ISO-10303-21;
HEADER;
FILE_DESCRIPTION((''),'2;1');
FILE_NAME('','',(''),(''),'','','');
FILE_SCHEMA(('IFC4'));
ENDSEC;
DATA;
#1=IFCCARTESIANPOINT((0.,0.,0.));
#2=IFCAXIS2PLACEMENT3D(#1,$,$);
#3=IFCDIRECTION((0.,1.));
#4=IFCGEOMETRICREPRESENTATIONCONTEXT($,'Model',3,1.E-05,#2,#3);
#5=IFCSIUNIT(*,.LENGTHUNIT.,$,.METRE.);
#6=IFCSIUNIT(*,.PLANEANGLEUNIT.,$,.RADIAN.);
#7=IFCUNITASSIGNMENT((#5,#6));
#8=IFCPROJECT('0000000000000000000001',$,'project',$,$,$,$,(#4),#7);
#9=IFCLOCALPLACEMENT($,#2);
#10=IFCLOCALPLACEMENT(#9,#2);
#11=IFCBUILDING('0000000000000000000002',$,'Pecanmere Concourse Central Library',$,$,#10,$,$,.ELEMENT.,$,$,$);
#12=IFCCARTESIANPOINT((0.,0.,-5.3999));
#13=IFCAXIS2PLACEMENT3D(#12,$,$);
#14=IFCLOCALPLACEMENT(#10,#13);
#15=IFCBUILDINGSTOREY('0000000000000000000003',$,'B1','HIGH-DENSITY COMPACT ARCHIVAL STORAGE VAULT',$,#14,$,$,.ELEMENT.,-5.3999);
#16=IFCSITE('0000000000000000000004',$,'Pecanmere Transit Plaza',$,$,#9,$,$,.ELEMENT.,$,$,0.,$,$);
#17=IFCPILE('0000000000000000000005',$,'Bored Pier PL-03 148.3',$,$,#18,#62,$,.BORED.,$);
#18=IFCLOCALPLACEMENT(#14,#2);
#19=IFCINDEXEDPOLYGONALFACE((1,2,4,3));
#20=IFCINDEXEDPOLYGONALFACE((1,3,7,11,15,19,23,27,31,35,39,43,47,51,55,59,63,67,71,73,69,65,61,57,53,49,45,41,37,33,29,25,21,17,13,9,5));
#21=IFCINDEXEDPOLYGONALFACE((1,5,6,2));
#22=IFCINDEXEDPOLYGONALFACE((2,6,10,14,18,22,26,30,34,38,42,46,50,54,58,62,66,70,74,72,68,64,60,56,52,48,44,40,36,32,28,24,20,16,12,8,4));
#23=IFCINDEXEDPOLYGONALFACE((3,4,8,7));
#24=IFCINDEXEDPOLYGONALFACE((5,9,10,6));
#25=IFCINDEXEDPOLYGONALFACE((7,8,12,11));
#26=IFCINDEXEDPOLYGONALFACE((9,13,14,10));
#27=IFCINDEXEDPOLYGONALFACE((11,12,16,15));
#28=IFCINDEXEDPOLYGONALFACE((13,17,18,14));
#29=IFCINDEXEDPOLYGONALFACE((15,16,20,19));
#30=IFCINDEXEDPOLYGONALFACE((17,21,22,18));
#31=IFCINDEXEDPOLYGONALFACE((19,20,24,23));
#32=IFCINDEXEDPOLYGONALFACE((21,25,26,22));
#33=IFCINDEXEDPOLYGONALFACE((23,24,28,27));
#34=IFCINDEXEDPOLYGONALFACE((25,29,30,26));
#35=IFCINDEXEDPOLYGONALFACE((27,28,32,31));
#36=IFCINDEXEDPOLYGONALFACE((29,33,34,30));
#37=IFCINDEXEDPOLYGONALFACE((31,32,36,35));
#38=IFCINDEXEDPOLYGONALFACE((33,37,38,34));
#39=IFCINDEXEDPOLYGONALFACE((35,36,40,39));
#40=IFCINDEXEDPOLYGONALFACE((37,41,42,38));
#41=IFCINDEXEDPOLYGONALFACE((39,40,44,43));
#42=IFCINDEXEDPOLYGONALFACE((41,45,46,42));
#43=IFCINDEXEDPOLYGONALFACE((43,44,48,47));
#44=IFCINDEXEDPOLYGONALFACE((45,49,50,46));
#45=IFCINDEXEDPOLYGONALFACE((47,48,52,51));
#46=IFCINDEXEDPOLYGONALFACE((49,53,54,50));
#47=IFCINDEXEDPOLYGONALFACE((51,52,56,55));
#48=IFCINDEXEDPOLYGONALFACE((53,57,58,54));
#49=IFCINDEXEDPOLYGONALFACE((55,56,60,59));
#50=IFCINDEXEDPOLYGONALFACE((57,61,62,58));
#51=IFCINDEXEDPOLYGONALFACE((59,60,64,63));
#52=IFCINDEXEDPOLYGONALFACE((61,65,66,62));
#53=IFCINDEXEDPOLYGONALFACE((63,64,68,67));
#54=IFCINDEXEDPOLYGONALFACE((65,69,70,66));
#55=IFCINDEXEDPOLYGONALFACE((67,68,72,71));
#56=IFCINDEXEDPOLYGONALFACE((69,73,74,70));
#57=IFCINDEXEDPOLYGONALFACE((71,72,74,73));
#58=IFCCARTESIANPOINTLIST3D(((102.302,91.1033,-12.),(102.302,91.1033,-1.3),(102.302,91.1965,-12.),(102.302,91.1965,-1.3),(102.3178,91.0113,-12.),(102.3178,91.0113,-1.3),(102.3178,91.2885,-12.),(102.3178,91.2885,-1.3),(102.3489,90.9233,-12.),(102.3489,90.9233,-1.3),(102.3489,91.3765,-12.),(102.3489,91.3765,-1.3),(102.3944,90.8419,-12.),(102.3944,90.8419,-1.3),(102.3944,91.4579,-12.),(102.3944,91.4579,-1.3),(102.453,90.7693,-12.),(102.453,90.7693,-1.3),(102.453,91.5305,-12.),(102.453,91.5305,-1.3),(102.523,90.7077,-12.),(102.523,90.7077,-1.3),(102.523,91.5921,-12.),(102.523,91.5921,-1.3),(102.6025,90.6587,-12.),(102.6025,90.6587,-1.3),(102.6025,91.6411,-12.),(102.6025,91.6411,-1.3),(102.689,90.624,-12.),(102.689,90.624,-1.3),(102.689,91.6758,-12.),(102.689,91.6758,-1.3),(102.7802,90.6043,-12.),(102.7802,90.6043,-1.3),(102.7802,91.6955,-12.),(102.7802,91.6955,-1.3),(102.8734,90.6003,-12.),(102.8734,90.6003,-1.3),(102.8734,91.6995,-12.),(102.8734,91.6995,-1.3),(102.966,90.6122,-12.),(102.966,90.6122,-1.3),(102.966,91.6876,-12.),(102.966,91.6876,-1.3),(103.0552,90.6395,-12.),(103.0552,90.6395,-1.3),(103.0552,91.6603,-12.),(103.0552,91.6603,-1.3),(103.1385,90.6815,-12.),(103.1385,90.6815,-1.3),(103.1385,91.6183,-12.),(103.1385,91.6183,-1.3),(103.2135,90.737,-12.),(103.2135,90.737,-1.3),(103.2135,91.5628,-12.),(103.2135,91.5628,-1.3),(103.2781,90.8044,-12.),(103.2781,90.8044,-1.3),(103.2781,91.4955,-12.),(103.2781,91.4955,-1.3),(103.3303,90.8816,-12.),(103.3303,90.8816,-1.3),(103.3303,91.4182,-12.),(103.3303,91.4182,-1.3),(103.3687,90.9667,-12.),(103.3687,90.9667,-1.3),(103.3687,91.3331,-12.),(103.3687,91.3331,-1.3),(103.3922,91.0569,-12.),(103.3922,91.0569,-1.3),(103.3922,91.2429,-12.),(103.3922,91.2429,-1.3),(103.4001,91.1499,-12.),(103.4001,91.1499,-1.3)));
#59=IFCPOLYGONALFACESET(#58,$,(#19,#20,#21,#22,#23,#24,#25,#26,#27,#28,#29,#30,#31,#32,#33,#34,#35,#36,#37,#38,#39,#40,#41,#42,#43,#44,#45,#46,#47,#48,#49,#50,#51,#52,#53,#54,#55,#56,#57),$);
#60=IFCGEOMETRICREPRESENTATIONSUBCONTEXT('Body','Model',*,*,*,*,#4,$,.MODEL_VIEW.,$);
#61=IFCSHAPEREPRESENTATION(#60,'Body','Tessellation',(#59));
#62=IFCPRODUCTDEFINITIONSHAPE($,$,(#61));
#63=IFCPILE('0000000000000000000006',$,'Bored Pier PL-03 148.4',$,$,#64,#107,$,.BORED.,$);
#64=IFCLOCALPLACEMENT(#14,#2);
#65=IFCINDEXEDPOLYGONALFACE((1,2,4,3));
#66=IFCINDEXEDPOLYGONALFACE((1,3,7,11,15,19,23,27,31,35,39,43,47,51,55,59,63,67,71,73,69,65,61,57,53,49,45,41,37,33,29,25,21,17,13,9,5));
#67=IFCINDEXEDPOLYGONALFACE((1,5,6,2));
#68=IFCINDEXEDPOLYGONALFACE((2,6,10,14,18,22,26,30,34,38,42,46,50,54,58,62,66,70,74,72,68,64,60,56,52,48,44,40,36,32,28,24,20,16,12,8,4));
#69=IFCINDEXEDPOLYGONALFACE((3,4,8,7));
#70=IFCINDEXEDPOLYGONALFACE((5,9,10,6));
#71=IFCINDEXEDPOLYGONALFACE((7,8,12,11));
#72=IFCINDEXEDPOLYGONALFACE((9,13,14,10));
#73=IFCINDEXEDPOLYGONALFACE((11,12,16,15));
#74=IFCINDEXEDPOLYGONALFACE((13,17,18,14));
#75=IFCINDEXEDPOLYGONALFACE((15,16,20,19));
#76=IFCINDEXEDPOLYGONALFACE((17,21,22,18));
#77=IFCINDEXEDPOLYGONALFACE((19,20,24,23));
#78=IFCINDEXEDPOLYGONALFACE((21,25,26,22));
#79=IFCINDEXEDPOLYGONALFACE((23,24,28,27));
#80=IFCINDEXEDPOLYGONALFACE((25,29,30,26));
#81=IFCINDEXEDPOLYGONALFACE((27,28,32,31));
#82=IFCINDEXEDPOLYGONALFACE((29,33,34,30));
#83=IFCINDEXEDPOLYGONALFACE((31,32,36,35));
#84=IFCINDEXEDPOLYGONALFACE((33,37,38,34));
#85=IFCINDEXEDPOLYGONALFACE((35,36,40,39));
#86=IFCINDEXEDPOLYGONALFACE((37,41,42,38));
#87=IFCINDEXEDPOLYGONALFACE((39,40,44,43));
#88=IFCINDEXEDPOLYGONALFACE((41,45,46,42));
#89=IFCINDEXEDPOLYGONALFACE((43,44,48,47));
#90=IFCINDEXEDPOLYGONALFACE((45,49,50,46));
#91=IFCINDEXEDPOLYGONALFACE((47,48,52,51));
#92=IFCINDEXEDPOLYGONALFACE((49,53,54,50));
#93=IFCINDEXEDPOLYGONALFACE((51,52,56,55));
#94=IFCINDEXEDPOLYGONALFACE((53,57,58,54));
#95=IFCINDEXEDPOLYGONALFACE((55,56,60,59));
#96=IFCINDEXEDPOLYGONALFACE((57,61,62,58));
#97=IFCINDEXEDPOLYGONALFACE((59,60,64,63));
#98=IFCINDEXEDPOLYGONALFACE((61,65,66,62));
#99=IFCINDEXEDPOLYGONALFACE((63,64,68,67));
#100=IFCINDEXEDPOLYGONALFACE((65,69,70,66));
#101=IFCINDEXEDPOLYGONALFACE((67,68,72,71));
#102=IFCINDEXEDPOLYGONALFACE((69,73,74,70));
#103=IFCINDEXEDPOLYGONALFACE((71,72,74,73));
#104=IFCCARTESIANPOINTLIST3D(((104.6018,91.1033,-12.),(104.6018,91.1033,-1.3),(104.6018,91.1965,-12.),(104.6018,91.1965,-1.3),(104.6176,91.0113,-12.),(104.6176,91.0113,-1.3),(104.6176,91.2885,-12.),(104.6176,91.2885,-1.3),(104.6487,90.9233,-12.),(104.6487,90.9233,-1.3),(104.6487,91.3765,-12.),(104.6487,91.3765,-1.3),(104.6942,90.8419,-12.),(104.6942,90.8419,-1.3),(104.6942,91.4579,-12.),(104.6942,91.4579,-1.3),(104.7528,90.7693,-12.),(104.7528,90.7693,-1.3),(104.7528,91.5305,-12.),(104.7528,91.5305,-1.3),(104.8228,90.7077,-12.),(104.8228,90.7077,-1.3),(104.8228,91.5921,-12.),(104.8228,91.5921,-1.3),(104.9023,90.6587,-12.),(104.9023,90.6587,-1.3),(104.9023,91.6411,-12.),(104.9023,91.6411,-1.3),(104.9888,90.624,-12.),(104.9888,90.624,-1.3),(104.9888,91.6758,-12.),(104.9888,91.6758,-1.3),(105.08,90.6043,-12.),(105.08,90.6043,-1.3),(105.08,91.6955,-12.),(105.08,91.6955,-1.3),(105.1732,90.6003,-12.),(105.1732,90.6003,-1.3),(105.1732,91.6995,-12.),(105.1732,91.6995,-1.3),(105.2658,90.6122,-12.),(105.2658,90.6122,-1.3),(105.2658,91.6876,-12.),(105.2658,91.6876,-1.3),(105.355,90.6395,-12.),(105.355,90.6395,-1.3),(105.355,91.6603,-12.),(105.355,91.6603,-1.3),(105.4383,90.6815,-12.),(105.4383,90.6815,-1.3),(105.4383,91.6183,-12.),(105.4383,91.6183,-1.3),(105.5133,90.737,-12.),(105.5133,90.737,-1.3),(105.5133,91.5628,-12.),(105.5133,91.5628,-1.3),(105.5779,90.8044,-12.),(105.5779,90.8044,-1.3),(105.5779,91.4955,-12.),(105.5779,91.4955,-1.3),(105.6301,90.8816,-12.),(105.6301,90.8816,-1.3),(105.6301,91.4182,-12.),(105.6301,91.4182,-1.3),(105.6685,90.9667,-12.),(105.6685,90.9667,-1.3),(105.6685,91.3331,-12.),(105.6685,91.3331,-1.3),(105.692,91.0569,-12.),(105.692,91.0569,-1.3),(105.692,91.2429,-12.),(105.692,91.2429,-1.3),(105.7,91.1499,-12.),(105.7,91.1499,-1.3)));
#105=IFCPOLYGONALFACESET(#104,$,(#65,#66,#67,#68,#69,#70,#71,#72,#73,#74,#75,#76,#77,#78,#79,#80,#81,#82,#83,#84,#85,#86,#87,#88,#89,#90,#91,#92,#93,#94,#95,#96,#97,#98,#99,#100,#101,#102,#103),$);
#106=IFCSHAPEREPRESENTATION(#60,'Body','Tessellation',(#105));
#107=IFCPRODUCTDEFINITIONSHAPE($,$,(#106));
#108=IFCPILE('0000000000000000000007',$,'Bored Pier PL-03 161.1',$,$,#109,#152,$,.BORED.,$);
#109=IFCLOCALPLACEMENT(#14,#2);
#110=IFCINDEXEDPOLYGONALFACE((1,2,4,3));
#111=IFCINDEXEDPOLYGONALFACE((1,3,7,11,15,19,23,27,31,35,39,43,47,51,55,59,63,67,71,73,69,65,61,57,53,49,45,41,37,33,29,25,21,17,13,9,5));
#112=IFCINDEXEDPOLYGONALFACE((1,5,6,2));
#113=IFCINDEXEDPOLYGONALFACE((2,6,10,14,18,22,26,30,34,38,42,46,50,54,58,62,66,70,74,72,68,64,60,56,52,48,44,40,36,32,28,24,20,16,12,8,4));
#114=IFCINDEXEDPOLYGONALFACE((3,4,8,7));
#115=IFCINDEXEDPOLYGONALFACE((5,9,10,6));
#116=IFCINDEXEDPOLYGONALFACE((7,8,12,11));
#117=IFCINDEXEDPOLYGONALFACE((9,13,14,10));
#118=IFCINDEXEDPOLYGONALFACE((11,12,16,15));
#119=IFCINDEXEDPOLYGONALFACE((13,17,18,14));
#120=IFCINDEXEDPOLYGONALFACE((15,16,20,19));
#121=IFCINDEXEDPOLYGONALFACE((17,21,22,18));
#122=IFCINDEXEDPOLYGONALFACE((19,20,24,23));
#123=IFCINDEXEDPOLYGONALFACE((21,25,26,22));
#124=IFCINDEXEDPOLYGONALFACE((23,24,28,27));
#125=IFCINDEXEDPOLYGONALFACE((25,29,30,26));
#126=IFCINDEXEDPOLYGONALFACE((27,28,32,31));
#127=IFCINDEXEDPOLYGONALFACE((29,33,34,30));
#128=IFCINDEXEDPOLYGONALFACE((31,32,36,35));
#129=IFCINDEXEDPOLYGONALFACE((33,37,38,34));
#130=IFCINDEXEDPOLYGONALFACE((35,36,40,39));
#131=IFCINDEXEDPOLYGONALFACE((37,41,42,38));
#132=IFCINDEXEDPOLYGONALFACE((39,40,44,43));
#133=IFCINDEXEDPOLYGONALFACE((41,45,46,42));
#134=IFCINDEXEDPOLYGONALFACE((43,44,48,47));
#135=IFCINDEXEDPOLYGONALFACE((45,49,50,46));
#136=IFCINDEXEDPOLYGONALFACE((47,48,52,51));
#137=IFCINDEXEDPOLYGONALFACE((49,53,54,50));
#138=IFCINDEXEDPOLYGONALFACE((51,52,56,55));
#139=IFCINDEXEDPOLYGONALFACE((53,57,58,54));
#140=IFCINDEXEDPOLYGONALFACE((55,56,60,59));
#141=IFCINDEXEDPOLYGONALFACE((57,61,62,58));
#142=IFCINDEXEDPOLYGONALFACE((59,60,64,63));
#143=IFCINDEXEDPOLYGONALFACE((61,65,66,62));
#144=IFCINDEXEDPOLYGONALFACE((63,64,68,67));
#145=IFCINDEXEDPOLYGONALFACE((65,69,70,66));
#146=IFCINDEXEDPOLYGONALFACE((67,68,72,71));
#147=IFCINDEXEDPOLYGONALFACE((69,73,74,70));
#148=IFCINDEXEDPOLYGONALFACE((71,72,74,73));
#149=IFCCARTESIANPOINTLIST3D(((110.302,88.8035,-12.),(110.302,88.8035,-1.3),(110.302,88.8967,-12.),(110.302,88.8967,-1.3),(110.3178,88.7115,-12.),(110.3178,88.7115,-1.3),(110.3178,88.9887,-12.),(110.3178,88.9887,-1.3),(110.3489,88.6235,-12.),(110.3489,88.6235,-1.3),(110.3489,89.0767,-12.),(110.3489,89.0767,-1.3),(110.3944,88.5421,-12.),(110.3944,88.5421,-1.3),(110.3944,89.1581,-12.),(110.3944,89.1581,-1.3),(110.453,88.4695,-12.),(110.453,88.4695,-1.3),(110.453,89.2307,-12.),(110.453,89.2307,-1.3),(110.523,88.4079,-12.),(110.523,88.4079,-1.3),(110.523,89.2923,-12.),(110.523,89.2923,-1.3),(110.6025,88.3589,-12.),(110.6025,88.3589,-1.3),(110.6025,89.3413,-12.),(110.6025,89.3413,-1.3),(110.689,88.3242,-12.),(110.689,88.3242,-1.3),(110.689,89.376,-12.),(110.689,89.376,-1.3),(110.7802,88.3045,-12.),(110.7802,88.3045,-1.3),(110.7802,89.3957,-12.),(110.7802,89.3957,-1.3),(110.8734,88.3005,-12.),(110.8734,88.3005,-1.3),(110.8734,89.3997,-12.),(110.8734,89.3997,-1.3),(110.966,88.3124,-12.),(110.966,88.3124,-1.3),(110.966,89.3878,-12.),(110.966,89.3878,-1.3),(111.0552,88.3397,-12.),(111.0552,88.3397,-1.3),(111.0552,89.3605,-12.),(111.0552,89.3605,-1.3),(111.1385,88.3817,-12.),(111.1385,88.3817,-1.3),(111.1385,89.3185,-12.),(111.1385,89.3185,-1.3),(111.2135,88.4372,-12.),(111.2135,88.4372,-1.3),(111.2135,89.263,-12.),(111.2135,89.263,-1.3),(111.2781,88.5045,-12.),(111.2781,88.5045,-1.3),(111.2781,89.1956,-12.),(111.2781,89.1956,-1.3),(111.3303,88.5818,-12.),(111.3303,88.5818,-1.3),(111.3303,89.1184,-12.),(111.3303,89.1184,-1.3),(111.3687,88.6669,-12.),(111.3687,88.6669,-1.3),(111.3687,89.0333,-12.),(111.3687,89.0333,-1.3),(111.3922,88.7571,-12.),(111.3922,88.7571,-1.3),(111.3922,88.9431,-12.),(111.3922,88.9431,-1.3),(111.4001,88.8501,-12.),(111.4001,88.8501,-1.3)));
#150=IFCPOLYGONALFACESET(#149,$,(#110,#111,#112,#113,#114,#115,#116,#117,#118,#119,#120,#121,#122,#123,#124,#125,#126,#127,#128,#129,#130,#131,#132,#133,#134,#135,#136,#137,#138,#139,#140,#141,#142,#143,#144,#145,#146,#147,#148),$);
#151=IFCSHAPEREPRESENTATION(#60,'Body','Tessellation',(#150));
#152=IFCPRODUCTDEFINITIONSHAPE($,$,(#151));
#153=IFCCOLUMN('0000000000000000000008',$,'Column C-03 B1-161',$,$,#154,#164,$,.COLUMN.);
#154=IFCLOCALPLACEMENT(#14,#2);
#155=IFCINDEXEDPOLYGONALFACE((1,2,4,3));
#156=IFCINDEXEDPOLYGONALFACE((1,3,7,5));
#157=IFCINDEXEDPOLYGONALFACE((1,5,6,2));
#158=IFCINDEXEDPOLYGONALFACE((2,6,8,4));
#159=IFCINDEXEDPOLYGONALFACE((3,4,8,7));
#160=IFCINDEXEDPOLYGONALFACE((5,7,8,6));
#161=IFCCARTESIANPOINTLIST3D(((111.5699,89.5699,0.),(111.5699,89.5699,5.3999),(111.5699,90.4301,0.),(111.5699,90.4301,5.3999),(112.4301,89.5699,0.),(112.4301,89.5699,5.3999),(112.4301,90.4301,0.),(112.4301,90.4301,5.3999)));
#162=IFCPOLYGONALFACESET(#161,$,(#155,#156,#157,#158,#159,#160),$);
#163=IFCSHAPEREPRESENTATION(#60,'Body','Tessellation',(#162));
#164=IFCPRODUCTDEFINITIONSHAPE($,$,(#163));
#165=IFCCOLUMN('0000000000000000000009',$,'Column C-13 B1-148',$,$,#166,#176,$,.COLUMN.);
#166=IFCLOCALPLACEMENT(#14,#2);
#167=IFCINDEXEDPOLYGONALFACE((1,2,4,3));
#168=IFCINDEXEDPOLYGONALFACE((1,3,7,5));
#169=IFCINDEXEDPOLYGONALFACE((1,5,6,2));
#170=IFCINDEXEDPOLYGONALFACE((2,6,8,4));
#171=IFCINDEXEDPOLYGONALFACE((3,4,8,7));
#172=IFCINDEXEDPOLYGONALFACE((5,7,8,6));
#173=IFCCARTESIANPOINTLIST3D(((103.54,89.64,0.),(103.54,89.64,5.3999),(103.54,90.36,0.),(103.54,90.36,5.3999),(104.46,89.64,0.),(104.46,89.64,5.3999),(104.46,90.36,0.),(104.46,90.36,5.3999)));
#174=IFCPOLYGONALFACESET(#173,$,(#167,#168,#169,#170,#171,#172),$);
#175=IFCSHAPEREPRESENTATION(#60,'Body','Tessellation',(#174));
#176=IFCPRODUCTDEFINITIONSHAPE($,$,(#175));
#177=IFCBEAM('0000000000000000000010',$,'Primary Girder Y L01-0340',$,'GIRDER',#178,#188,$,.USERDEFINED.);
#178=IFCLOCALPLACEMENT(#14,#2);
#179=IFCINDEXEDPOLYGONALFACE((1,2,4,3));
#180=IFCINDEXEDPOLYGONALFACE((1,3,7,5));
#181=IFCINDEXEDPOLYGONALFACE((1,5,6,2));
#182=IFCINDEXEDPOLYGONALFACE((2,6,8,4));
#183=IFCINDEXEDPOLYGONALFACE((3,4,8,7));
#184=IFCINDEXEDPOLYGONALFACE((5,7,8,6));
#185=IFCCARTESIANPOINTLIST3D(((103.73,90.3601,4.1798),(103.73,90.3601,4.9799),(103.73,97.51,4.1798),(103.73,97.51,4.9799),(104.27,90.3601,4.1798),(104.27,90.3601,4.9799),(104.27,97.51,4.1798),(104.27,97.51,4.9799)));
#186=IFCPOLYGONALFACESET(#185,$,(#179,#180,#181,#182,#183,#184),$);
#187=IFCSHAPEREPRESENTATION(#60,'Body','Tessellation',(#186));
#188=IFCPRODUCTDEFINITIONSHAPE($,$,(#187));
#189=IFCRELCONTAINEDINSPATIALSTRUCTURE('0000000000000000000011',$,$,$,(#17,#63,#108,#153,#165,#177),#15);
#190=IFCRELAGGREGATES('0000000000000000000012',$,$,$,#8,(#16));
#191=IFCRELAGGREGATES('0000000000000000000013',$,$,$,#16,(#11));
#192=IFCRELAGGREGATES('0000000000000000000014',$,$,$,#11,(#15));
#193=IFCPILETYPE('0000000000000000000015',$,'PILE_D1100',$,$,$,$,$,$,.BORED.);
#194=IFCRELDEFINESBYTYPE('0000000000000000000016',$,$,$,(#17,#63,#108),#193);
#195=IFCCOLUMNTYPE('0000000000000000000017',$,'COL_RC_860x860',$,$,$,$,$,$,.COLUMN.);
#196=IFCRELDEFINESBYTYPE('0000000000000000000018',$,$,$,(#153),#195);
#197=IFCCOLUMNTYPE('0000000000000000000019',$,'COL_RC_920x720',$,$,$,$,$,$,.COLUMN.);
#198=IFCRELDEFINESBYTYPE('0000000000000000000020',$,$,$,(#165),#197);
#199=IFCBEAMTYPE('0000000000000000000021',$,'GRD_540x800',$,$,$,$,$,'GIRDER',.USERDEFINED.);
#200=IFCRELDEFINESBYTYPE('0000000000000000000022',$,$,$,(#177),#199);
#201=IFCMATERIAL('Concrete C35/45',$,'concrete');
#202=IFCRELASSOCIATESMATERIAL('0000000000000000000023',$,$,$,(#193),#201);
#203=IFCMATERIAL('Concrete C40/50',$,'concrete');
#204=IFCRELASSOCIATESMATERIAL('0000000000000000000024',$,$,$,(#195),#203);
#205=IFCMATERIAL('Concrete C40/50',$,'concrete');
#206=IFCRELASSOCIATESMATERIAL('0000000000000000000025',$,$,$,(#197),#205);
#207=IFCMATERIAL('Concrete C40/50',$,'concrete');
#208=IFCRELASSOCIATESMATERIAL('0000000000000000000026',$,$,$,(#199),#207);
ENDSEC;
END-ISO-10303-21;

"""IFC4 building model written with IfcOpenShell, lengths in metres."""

from ifc_helpers import new_model, si_unit, direction, frame, origin, origin_2d, place, context, subcontext, project, spatial, rectangle, circle, extrude, material, material_profile, profile_set, type_object, element, save


model = new_model("IFC4")

# Units and contexts
model_context = context("Model", 3, precision=1e-05, world=origin(), true_north=direction((0.0, 1.0)))
body_context = subcontext(model_context, "Body", "Model", "MODEL_VIEW")
ifc_project = project(units=[si_unit("LENGTHUNIT", "METRE"), si_unit("PLANEANGLEUNIT", "RADIAN")], contexts=[model_context])

# Site, building, storey
site_placement = place(None, origin())
site = spatial("IfcSite", under=ifc_project, at=site_placement, Name="Pecanmere Transit Plaza", CompositionType="ELEMENT", RefElevation=0.0)
building_placement = place(site_placement, origin())
building = spatial("IfcBuilding", under=site, at=building_placement, Name="Pecanmere Concourse Central Library", CompositionType="ELEMENT")
storey_placement = place(building_placement, frame((0.0, 0.0, -5.3999)))
storey = spatial("IfcBuildingStorey", under=building, at=storey_placement, Name="B1", Description="HIGH-DENSITY COMPACT ARCHIVAL STORAGE VAULT", CompositionType="ELEMENT", Elevation=-5.3999)

# Piles
ifc_material_1 = material(Name="Concrete C35/45", Category="concrete")
ifc_material_profile_1 = material_profile(ifc_material_1, circle(Radius=0.55, at=origin_2d()), Name="PIER D1100")
ifc_profile_set_1 = profile_set([ifc_material_profile_1], Name="Concrete C35/45")
pile_type = type_object("IfcPileType", Name="PILE_D1100", PredefinedType="BORED", material=ifc_profile_set_1)
for number, where, z_axis, x_axis, name in (
    (1, (102.8501, 91.1499, -1.3), (0.0, 0.0, -1.0), (1.0, 0.0, 0.0), "Bored Pier PL-03 148.3"),
    (2, (105.1499, 91.1499, -1.3), (0.0, 0.0, -1.0), (1.0, 0.0, 0.0), "Bored Pier PL-03 148.4"),
    (3, (110.8501, 88.8501, -1.3), (0.0, 0.0, -1.0), (1.0, 0.0, 0.0), "Bored Pier PL-03 161.1"),
):
    element("IfcPile", number, at=place(storey_placement, frame(where, z_axis=z_axis, x_axis=x_axis)), inside=storey, type_object=pile_type, Name=name, PredefinedType="BORED", context=body_context, shape_type="SweptSolid", body=[
        extrude(circle(Radius=0.55, at=origin_2d()), origin(), (0.0, 0.0, 1.0), 10.7),
    ])

# Columns
ifc_material_2 = material(Name="Concrete C40/50", Category="concrete")
ifc_material_profile_2 = material_profile(ifc_material_2, rectangle(XDim=0.8601, YDim=0.8601, at=origin_2d()), Name="RC 860x860")
ifc_profile_set_2 = profile_set([ifc_material_profile_2], Name="Concrete C40/50")
column_type_1 = type_object("IfcColumnType", Name="COL_RC_860x860", PredefinedType="COLUMN", material=ifc_profile_set_2)
column_1_placement = place(storey_placement, frame((112.0, 90.0, 0.0), z_axis=(0.0, 0.0, 1.0), x_axis=(1.0, 0.0, 0.0)))
element("IfcColumn", 4, at=column_1_placement, inside=storey, type_object=column_type_1, Name="Column C-03 B1-161", PredefinedType="COLUMN", context=body_context, shape_type="SweptSolid", body=[
    extrude(rectangle(XDim=0.8601, YDim=0.8601, at=origin_2d()), origin(), (0.0, 0.0, 1.0), 5.3999),
])
ifc_material_3 = material(Name="Concrete C40/50", Category="concrete")
ifc_material_profile_3 = material_profile(ifc_material_3, rectangle(XDim=0.9199, YDim=0.72, at=origin_2d()), Name="RC 920x720")
ifc_profile_set_3 = profile_set([ifc_material_profile_3], Name="Concrete C40/50")
column_type_2 = type_object("IfcColumnType", Name="COL_RC_920x720", PredefinedType="COLUMN", material=ifc_profile_set_3)
column_2_placement = place(storey_placement, frame((104.0, 90.0, 0.0), z_axis=(0.0, 0.0, 1.0), x_axis=(1.0, 0.0, 0.0)))
element("IfcColumn", 5, at=column_2_placement, inside=storey, type_object=column_type_2, Name="Column C-13 B1-148", PredefinedType="COLUMN", context=body_context, shape_type="SweptSolid", body=[
    extrude(rectangle(XDim=0.9199, YDim=0.72, at=origin_2d()), origin(), (0.0, 0.0, 1.0), 5.3999),
])

# Beam
ifc_material_4 = material(Name="Concrete C40/50", Category="concrete")
ifc_material_profile_4 = material_profile(ifc_material_4, rectangle(XDim=0.54, YDim=0.8, at=origin_2d()), Name="RC 540x800")
ifc_profile_set_4 = profile_set([ifc_material_profile_4], Name="Concrete C40/50")
beam_type_1 = type_object("IfcBeamType", Name="GRD_540x800", ElementType="GIRDER", PredefinedType="USERDEFINED", material=ifc_profile_set_4)
beam_1_placement = place(storey_placement, frame((104.0, 90.3601, 4.5798), z_axis=(0.0, 1.0, 0.0), x_axis=(-1.0, 0.0, 0.0)))
element("IfcBeam", 6, at=beam_1_placement, inside=storey, type_object=beam_type_1, Name="Primary Girder Y L01-0340", ObjectType="GIRDER", PredefinedType="USERDEFINED", context=body_context, shape_type="SweptSolid", body=[
    extrude(rectangle(XDim=0.54, YDim=0.8, at=origin_2d()), origin(), (0.0, 0.0, 1.0), 7.1499),
])

save(model, "model.ifc")
